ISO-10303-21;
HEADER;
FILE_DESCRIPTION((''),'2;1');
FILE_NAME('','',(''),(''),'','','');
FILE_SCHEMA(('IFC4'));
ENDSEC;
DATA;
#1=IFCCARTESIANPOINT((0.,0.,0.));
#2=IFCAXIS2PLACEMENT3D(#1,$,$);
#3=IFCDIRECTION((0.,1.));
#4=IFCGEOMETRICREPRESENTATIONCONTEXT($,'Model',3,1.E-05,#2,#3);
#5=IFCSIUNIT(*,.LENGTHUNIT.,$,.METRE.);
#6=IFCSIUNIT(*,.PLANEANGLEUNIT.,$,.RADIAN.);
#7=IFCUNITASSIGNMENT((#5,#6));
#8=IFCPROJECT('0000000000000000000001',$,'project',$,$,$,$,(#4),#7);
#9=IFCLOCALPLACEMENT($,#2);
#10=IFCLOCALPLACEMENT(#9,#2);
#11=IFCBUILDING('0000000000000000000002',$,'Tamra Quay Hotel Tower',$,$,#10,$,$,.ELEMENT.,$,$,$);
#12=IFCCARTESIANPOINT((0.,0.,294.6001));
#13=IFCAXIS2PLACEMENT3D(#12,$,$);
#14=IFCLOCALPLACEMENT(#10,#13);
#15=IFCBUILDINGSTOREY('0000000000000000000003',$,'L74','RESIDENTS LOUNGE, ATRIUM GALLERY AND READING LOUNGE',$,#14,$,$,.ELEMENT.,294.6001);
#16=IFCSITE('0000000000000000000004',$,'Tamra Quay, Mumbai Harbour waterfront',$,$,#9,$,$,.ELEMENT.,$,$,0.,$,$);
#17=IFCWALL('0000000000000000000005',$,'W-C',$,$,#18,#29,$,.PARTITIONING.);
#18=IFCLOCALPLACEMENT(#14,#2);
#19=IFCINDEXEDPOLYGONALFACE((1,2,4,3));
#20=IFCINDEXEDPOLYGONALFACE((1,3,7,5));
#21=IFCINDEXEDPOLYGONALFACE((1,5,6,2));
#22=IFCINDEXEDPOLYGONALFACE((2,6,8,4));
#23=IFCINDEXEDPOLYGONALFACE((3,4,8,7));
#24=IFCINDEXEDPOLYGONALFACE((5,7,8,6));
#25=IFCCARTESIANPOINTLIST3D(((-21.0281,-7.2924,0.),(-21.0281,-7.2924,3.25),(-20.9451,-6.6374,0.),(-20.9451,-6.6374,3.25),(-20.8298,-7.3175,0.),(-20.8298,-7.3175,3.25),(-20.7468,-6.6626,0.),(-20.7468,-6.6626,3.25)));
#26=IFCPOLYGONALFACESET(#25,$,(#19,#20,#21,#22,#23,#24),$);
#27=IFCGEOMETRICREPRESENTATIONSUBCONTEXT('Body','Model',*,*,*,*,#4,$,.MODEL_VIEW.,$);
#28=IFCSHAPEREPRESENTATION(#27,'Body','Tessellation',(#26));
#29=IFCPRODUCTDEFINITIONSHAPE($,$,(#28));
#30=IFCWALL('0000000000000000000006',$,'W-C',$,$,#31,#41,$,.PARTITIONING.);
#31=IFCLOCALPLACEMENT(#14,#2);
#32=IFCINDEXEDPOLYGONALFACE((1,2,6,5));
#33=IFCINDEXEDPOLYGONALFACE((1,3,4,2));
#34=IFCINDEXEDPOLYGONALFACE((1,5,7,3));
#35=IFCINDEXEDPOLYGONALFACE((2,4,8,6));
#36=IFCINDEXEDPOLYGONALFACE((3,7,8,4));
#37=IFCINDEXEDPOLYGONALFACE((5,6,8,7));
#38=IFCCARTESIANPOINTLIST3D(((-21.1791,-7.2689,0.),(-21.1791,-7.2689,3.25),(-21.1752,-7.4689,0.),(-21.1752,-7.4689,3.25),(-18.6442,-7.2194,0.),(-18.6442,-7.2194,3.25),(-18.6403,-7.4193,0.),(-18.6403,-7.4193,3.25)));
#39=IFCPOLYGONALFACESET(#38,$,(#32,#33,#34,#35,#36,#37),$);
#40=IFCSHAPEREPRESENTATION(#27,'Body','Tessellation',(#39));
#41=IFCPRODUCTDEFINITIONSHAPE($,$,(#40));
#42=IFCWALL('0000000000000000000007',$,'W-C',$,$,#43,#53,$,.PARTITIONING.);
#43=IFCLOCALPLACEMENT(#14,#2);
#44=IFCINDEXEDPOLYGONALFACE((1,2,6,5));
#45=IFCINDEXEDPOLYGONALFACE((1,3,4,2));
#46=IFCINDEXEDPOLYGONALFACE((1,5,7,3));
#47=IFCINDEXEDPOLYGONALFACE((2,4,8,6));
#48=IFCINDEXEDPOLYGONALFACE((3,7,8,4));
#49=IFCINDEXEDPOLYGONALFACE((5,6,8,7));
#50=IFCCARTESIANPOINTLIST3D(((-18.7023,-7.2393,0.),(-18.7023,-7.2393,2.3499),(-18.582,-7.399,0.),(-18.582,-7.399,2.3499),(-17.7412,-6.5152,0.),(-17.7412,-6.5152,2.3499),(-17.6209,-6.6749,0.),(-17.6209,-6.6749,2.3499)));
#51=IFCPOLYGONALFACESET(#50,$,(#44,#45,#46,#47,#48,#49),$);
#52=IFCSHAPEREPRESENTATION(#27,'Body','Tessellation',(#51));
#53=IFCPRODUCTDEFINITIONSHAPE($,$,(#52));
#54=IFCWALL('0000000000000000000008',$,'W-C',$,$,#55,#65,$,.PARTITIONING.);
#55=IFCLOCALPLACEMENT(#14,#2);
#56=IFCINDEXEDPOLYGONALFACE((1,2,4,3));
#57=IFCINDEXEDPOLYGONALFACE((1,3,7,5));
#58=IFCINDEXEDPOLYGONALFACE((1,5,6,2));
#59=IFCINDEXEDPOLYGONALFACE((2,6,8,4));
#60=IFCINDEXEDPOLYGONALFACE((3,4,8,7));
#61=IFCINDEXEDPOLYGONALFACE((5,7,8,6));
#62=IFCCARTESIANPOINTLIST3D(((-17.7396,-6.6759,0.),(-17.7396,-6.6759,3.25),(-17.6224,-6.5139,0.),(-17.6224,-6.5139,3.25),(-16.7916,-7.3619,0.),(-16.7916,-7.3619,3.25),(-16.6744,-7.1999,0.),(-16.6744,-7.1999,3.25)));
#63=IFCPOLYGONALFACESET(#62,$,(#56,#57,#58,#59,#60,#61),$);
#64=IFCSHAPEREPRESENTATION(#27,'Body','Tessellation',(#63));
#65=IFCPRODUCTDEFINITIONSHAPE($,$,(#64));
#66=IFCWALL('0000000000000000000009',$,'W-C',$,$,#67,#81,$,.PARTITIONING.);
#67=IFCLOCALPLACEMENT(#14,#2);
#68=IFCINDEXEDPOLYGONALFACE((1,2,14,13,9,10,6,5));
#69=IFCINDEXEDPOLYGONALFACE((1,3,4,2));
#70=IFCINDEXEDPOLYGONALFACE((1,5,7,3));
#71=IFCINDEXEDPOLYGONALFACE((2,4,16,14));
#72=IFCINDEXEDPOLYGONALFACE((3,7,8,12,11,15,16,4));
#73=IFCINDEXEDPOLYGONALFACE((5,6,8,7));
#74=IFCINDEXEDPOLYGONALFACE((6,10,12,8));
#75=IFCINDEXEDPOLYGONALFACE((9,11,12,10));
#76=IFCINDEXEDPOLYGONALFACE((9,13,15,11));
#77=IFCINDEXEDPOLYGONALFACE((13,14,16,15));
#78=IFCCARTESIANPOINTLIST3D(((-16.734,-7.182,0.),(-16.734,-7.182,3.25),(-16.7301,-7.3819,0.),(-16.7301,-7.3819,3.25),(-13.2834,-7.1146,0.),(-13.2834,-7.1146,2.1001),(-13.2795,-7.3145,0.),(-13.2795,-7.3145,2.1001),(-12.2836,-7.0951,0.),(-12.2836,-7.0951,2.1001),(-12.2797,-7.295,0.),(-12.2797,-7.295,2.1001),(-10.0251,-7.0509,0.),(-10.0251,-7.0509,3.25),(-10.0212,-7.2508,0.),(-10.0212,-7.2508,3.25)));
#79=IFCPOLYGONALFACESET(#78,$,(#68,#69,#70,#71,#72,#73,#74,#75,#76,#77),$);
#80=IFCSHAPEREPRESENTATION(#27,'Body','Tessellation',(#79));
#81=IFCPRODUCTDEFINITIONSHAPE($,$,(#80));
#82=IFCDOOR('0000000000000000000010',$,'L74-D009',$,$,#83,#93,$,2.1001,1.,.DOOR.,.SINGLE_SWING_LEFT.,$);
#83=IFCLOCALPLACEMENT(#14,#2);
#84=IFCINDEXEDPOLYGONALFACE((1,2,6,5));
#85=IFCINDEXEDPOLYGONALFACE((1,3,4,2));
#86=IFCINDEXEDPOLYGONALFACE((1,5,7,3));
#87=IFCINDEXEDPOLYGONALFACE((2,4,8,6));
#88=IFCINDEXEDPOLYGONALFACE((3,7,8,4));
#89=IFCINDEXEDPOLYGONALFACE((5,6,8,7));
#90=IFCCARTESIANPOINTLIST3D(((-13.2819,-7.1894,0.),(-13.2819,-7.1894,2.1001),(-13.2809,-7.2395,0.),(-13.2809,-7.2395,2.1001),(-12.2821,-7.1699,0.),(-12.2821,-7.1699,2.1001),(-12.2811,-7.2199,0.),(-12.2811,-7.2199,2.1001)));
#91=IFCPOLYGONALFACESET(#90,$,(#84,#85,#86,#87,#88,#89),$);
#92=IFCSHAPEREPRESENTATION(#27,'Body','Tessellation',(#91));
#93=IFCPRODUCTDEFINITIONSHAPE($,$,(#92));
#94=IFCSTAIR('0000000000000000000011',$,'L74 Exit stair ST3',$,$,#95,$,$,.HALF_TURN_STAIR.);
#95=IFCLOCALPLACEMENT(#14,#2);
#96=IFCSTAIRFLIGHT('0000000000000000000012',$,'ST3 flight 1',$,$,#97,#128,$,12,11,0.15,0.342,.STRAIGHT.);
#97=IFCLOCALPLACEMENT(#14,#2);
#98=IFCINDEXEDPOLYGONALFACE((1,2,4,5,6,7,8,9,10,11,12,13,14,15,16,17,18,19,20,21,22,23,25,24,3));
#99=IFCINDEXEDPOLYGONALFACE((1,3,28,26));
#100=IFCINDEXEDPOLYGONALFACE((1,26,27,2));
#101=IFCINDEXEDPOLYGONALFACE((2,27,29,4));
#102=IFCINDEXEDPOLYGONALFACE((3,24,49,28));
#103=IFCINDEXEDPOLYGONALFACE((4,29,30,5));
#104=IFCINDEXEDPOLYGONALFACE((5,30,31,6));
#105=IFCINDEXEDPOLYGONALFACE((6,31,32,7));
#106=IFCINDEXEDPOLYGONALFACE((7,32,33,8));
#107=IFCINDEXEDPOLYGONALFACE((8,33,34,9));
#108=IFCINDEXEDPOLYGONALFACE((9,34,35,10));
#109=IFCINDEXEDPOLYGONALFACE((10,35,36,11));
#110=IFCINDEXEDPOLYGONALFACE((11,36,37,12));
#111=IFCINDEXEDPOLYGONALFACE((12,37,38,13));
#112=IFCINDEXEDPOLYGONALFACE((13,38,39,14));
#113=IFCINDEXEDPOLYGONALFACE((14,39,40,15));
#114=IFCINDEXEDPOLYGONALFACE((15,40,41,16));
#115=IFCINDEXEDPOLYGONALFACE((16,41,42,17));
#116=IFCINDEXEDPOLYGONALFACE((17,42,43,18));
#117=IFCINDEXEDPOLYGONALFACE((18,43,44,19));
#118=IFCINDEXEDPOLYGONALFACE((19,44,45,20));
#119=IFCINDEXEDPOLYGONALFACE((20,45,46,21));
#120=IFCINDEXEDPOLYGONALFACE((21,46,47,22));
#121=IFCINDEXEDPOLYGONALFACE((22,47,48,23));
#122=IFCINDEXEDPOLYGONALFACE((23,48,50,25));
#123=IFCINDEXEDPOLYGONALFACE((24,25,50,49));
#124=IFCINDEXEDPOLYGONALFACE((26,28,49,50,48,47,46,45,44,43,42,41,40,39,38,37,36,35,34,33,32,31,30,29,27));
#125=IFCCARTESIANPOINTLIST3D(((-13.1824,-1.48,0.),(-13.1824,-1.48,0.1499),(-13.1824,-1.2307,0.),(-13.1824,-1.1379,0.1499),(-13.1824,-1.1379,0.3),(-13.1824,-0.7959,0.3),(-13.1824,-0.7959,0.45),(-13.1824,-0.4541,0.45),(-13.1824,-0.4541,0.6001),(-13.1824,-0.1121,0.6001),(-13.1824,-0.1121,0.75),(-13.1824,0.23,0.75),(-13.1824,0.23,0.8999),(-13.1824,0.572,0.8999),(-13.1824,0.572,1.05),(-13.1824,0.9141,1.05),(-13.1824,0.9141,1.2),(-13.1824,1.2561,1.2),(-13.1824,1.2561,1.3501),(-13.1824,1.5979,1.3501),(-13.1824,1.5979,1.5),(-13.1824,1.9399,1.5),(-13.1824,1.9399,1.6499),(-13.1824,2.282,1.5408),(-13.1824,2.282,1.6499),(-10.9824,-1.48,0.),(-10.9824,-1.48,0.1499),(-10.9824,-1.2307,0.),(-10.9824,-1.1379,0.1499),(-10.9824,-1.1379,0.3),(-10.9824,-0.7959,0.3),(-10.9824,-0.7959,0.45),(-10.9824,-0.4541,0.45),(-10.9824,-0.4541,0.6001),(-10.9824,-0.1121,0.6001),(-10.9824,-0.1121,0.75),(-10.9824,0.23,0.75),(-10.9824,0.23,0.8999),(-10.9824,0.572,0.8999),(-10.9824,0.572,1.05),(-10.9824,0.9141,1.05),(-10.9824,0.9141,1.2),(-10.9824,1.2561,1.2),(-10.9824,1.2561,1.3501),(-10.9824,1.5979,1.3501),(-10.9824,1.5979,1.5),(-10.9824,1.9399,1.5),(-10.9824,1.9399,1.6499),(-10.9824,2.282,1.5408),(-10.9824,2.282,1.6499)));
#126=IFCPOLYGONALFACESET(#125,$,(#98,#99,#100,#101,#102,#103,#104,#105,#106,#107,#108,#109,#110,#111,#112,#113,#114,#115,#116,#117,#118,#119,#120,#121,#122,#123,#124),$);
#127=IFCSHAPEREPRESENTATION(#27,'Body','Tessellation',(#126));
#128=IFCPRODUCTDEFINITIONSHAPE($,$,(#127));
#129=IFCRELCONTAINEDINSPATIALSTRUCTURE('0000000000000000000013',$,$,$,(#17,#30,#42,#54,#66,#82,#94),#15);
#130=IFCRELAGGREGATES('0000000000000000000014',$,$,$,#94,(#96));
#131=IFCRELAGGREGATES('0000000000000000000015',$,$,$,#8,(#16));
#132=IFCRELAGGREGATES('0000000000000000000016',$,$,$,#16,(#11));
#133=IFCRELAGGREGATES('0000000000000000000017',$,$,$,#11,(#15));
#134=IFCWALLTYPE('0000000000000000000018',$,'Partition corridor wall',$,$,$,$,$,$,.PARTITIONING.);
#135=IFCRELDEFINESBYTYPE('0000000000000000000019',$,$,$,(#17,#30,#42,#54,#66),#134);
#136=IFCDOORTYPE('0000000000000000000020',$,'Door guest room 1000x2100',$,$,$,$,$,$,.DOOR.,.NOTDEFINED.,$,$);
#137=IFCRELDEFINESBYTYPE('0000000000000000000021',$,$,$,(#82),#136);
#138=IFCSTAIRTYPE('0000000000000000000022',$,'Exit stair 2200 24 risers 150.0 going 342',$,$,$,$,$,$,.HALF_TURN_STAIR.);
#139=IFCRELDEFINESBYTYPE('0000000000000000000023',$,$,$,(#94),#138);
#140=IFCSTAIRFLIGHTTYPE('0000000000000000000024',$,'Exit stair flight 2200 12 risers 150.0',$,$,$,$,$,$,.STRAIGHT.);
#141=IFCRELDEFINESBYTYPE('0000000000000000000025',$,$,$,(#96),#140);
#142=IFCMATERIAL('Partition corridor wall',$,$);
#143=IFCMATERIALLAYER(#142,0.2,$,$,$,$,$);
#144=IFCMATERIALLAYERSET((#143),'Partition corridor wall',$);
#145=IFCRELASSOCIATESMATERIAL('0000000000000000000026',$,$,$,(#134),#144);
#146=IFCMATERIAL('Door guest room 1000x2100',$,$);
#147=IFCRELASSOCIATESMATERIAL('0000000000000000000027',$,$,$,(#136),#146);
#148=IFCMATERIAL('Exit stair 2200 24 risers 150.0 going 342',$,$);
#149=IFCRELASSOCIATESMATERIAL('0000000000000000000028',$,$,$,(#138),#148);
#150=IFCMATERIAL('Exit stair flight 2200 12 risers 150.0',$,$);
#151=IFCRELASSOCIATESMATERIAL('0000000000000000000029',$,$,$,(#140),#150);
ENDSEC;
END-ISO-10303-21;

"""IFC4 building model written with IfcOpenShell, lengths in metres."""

from ifc_helpers import new_model, si_unit, direction, frame, frame_2d, origin, place, context, subcontext, project, spatial, polyline, rectangle, outline, extrude, material, layer, layer_set, type_object, element, fill, aggregate, save


model = new_model("IFC4")

# Units and contexts
model_context = context("Model", 3, precision=1e-05, world=origin(), true_north=direction((0.0, 1.0)))
body_context = subcontext(model_context, "Body", "Model", "MODEL_VIEW")
ifc_project = project(units=[si_unit("LENGTHUNIT", "METRE"), si_unit("PLANEANGLEUNIT", "RADIAN")], contexts=[model_context])

# Site, building, storey
site_placement = place(None, origin())
site = spatial("IfcSite", under=ifc_project, at=site_placement, Name="Tamra Quay, Mumbai Harbour waterfront", CompositionType="ELEMENT", RefElevation=0.0)
building_placement = place(site_placement, origin())
building = spatial("IfcBuilding", under=site, at=building_placement, Name="Tamra Quay Hotel Tower", CompositionType="ELEMENT")
storey_placement = place(building_placement, frame((0.0, 0.0, 294.6001)))
storey = spatial("IfcBuildingStorey", under=building, at=storey_placement, Name="L74", Description="RESIDENTS LOUNGE, ATRIUM GALLERY AND READING LOUNGE", CompositionType="ELEMENT", Elevation=294.6001)

# Walls
ifc_material_1 = material(Name="Partition corridor wall")
ifc_layer_1 = layer(ifc_material_1, 0.2)
ifc_layer_set_1 = layer_set([ifc_layer_1], Name="Partition corridor wall")
wall_type_1 = type_object("IfcWallType", Name="Partition corridor wall", PredefinedType="PARTITIONING", material=ifc_layer_set_1)
wall_1_placement = place(storey_placement, frame((-20.929, -7.3049, 0.0), z_axis=(0.0, 0.0, 1.0), x_axis=(0.125718, 0.992066, 0.0)))
element("IfcWall", 1, at=wall_1_placement, inside=storey, type_object=wall_type_1, Name="W-C", PredefinedType="PARTITIONING", context=body_context, shape_type="SweptSolid", body=[
    extrude(rectangle(XDim=0.6602, YDim=0.2, at=frame_2d((0.3301, 0.0))), origin(), (0.0, 0.0, 1.0), 3.25),
])
wall_2_placement = place(storey_placement, frame((-21.177, -7.3689, 0.0), z_axis=(0.0, 0.0, 1.0), x_axis=(0.999809, 0.019547, 0.0)))
element("IfcWall", 2, at=wall_2_placement, inside=storey, type_object=wall_type_1, Name="W-C", PredefinedType="PARTITIONING", context=body_context, shape_type="SweptSolid", body=[
    extrude(rectangle(XDim=2.5354, YDim=0.2, at=frame_2d((1.2676, 0.0))), origin(), (0.0, 0.0, 1.0), 3.25),
])
wall_3_placement = place(storey_placement, frame((-18.6421, -7.3191, 0.0), z_axis=(0.0, 0.0, 1.0), x_axis=(0.798708, 0.601719, 0.0)))
element("IfcWall", 3, at=wall_3_placement, inside=storey, type_object=wall_type_1, Name="W-C", PredefinedType="PARTITIONING", context=body_context, shape_type="SweptSolid", body=[
    extrude(rectangle(XDim=1.2034, YDim=0.2, at=frame_2d((0.6016, 0.0))), origin(), (0.0, 0.0, 1.0), 2.3499),
])
wall_4_placement = place(storey_placement, frame((-17.6809, -6.595, 0.0), z_axis=(0.0, 0.0, 1.0), x_axis=(0.810123, -0.58626, 0.0)))
element("IfcWall", 4, at=wall_4_placement, inside=storey, type_object=wall_type_1, Name="W-C", PredefinedType="PARTITIONING", context=body_context, shape_type="SweptSolid", body=[
    extrude(rectangle(XDim=1.1702, YDim=0.2, at=frame_2d((0.585, 0.0))), origin(), (0.0, 0.0, 1.0), 3.25),
])

# Wall, opening, door
wall_5_placement = place(storey_placement, frame((-16.7319, -7.282, 0.0), z_axis=(0.0, 0.0, 1.0), x_axis=(0.999809, 0.019538, 0.0)))
wall_5 = element("IfcWall", 5, at=wall_5_placement, inside=storey, type_object=wall_type_1, Name="W-C", PredefinedType="PARTITIONING", context=body_context, shape_type="SweptSolid", body=[
    extrude(rectangle(XDim=6.7102, YDim=0.2, at=frame_2d((3.355, 0.0))), origin(), (0.0, 0.0, 1.0), 3.25),
])
opening_1_placement = place(wall_5_placement, frame((3.4512, 0.0, 0.0)))
opening_1 = element("IfcOpeningElement", 6, at=opening_1_placement, cuts=wall_5, PredefinedType="OPENING", context=body_context, shape_type="SweptSolid", body=[
    extrude(rectangle(XDim=1.0, YDim=2.1001, at=frame_2d((0.5, 1.05))), frame((0.0, 0.1099, 0.0), z_axis=(0.0, -1.0, 0.0), x_axis=(1.0, 0.0, 0.0)), (0.0, 0.0, 1.0), 0.22),
])
ifc_material_2 = material(Name="Door guest room 1000x2100")
door_type_1 = type_object("IfcDoorType", Name="Door guest room 1000x2100", OperationType="NOTDEFINED", PredefinedType="DOOR", material=ifc_material_2)
door_1_placement = place(opening_1_placement, frame((1.0, 0.0, 0.0), z_axis=(0.0, 0.0, 1.0), x_axis=(-1.0, 0.0, 0.0)))
door_1 = element("IfcDoor", 7, at=door_1_placement, inside=storey, type_object=door_type_1, Name="L74-D009", OperationType="SINGLE_SWING_LEFT", OverallHeight=2.1001, OverallWidth=1.0, PredefinedType="DOOR", context=body_context, shape_type="SweptSolid", body=[
    extrude(rectangle(XDim=1.0, YDim=2.1001, at=frame_2d((0.5, 1.05))), frame((0.0, 0.0249, 0.0), z_axis=(0.0, -1.0, 0.0), x_axis=(1.0, 0.0, 0.0)), (0.0, 0.0, 1.0), 0.05),
])
fill(opening_1, door_1)

# Stair, stair flight
ifc_material_3 = material(Name="Exit stair 2200 24 risers 150.0 going 342")
stair_type = type_object("IfcStairType", Name="Exit stair 2200 24 risers 150.0 going 342", PredefinedType="HALF_TURN_STAIR", material=ifc_material_3)
stair_placement = place(storey_placement, origin())
stair = element("IfcStair", 8, at=stair_placement, inside=storey, type_object=stair_type, Name="L74 Exit stair ST3", PredefinedType="HALF_TURN_STAIR")
ifc_material_4 = material(Name="Exit stair flight 2200 12 risers 150.0")
stair_flight_type = type_object("IfcStairFlightType", Name="Exit stair flight 2200 12 risers 150.0", PredefinedType="STRAIGHT", material=ifc_material_4)
stair_flight_placement = place(storey_placement, frame((-12.0823, -1.48, 0.0), z_axis=(0.0, 0.0, 1.0), x_axis=(0.0, 1.0, 0.0)))
stair_flight = element("IfcStairFlight", 9, at=stair_flight_placement, type_object=stair_flight_type, Name="ST3 flight 1", NumberOfRisers=12, NumberOfTreads=11, PredefinedType="STRAIGHT", RiserHeight=0.15, TreadLength=0.342, context=body_context, shape_type="SweptSolid", body=[
    extrude(outline(polyline([(0.0, 0.0), (0.0, 0.1499), (0.342, 0.1499), (0.342, 0.3), (0.6841, 0.3), (0.6841, 0.45), (1.0259, 0.45), (1.0259, 0.6001), (1.3679, 0.6001), (1.3679, 0.75), (1.71, 0.75), (1.71, 0.8999), (2.052, 0.8999), (2.052, 1.05), (2.394, 1.05), (2.394, 1.2), (2.7361, 1.2), (2.7361, 1.3501), (3.0779, 1.3501), (3.0779, 1.5), (3.4199, 1.5), (3.4199, 1.6499), (3.762, 1.6499), (3.762, 1.8), (3.762, 1.5408), (0.2493, 0.0), (0.0, 0.0)])), frame((0.0, 1.1001, 0.0), z_axis=(0.0, -1.0, 0.0), x_axis=(1.0, 0.0, 0.0)), (0.0, 0.0, 1.0), 2.2),
])
aggregate(stair, [stair_flight])

save(model, "model.ifc")
